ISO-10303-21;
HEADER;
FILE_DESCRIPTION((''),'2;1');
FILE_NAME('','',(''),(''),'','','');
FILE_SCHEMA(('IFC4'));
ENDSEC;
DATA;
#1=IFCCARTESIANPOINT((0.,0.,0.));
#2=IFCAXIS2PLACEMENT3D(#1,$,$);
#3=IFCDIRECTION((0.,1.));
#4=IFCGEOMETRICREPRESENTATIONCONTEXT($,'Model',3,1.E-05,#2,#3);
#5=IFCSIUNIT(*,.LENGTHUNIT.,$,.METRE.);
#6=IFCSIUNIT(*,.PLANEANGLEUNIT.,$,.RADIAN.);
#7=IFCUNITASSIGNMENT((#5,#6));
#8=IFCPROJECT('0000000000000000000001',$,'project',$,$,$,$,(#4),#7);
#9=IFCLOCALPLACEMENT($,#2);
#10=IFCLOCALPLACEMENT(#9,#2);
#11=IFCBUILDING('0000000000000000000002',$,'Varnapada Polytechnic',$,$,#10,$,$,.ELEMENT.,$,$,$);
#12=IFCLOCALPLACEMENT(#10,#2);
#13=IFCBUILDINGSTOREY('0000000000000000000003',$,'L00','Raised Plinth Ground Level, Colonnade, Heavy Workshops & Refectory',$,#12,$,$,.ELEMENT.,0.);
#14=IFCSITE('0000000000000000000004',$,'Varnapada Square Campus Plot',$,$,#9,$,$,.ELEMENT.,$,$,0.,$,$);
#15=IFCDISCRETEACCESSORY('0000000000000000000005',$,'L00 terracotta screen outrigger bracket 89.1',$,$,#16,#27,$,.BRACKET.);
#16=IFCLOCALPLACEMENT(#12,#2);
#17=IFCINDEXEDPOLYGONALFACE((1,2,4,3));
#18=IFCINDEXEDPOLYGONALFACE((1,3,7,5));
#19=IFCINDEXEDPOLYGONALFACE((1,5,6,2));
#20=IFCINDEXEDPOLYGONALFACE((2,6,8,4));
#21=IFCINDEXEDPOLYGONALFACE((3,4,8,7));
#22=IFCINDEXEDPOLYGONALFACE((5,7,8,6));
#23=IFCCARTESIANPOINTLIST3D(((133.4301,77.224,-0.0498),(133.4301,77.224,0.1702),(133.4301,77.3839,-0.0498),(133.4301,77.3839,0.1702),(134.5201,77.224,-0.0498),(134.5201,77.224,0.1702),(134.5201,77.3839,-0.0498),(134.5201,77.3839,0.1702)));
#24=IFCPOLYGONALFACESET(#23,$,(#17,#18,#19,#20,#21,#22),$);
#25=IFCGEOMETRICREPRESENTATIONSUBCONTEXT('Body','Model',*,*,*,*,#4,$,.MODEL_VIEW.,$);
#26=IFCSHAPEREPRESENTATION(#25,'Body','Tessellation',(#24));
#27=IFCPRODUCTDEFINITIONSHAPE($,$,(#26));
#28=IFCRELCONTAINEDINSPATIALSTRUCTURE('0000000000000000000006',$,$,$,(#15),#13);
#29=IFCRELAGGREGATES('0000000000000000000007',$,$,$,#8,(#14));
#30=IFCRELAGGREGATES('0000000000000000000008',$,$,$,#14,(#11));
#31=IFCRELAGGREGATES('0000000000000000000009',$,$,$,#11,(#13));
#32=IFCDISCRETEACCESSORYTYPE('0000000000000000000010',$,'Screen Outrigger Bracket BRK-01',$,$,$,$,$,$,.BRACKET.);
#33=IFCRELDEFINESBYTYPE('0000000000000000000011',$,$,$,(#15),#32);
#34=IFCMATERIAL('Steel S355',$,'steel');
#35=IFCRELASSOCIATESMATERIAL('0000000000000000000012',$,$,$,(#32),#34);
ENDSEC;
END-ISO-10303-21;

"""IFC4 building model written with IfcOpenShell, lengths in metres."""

from ifc_helpers import new_model, si_unit, direction, frame, origin, origin_2d, place, context, subcontext, project, spatial, rectangle, extrude, material, type_object, element, save


model = new_model("IFC4")

# Units and contexts
model_context = context("Model", 3, precision=1e-05, world=origin(), true_north=direction((0.0, 1.0)))
body_context = subcontext(model_context, "Body", "Model", "MODEL_VIEW")
ifc_project = project(units=[si_unit("LENGTHUNIT", "METRE"), si_unit("PLANEANGLEUNIT", "RADIAN")], contexts=[model_context])

# Site, building, storey
site_placement = place(None, origin())
site = spatial("IfcSite", under=ifc_project, at=site_placement, Name="Varnapada Square Campus Plot", CompositionType="ELEMENT", RefElevation=0.0)
building_placement = place(site_placement, origin())
building = spatial("IfcBuilding", under=site, at=building_placement, Name="Varnapada Polytechnic", CompositionType="ELEMENT")
storey_placement = place(building_placement, origin())
storey = spatial("IfcBuildingStorey", under=building, at=storey_placement, Name="L00", Description="Raised Plinth Ground Level, Colonnade, Heavy Workshops & Refectory", CompositionType="ELEMENT", Elevation=0.0)

# Discrete accessory
ifc_material_1 = material(Name="Steel S355", Category="steel")
discrete_accessory_type = type_object("IfcDiscreteAccessoryType", Name="Screen Outrigger Bracket BRK-01", PredefinedType="BRACKET", material=ifc_material_1)
for number, where, z_axis, x_axis, name in (
    (1, (133.9751, 77.304, -0.0498), (0.0, 0.0, 1.0), (0.0, 1.0, 0.0), "L00 terracotta screen outrigger bracket 89.1"),
):
    element("IfcDiscreteAccessory", number, at=place(storey_placement, frame(where, z_axis=z_axis, x_axis=x_axis)), inside=storey, type_object=discrete_accessory_type, Name=name, PredefinedType="BRACKET", context=body_context, shape_type="SweptSolid", body=[
        extrude(rectangle(XDim=0.1599, YDim=1.0901, at=origin_2d()), origin(), (0.0, 0.0, 1.0), 0.22),
    ])

save(model, "model.ifc")
